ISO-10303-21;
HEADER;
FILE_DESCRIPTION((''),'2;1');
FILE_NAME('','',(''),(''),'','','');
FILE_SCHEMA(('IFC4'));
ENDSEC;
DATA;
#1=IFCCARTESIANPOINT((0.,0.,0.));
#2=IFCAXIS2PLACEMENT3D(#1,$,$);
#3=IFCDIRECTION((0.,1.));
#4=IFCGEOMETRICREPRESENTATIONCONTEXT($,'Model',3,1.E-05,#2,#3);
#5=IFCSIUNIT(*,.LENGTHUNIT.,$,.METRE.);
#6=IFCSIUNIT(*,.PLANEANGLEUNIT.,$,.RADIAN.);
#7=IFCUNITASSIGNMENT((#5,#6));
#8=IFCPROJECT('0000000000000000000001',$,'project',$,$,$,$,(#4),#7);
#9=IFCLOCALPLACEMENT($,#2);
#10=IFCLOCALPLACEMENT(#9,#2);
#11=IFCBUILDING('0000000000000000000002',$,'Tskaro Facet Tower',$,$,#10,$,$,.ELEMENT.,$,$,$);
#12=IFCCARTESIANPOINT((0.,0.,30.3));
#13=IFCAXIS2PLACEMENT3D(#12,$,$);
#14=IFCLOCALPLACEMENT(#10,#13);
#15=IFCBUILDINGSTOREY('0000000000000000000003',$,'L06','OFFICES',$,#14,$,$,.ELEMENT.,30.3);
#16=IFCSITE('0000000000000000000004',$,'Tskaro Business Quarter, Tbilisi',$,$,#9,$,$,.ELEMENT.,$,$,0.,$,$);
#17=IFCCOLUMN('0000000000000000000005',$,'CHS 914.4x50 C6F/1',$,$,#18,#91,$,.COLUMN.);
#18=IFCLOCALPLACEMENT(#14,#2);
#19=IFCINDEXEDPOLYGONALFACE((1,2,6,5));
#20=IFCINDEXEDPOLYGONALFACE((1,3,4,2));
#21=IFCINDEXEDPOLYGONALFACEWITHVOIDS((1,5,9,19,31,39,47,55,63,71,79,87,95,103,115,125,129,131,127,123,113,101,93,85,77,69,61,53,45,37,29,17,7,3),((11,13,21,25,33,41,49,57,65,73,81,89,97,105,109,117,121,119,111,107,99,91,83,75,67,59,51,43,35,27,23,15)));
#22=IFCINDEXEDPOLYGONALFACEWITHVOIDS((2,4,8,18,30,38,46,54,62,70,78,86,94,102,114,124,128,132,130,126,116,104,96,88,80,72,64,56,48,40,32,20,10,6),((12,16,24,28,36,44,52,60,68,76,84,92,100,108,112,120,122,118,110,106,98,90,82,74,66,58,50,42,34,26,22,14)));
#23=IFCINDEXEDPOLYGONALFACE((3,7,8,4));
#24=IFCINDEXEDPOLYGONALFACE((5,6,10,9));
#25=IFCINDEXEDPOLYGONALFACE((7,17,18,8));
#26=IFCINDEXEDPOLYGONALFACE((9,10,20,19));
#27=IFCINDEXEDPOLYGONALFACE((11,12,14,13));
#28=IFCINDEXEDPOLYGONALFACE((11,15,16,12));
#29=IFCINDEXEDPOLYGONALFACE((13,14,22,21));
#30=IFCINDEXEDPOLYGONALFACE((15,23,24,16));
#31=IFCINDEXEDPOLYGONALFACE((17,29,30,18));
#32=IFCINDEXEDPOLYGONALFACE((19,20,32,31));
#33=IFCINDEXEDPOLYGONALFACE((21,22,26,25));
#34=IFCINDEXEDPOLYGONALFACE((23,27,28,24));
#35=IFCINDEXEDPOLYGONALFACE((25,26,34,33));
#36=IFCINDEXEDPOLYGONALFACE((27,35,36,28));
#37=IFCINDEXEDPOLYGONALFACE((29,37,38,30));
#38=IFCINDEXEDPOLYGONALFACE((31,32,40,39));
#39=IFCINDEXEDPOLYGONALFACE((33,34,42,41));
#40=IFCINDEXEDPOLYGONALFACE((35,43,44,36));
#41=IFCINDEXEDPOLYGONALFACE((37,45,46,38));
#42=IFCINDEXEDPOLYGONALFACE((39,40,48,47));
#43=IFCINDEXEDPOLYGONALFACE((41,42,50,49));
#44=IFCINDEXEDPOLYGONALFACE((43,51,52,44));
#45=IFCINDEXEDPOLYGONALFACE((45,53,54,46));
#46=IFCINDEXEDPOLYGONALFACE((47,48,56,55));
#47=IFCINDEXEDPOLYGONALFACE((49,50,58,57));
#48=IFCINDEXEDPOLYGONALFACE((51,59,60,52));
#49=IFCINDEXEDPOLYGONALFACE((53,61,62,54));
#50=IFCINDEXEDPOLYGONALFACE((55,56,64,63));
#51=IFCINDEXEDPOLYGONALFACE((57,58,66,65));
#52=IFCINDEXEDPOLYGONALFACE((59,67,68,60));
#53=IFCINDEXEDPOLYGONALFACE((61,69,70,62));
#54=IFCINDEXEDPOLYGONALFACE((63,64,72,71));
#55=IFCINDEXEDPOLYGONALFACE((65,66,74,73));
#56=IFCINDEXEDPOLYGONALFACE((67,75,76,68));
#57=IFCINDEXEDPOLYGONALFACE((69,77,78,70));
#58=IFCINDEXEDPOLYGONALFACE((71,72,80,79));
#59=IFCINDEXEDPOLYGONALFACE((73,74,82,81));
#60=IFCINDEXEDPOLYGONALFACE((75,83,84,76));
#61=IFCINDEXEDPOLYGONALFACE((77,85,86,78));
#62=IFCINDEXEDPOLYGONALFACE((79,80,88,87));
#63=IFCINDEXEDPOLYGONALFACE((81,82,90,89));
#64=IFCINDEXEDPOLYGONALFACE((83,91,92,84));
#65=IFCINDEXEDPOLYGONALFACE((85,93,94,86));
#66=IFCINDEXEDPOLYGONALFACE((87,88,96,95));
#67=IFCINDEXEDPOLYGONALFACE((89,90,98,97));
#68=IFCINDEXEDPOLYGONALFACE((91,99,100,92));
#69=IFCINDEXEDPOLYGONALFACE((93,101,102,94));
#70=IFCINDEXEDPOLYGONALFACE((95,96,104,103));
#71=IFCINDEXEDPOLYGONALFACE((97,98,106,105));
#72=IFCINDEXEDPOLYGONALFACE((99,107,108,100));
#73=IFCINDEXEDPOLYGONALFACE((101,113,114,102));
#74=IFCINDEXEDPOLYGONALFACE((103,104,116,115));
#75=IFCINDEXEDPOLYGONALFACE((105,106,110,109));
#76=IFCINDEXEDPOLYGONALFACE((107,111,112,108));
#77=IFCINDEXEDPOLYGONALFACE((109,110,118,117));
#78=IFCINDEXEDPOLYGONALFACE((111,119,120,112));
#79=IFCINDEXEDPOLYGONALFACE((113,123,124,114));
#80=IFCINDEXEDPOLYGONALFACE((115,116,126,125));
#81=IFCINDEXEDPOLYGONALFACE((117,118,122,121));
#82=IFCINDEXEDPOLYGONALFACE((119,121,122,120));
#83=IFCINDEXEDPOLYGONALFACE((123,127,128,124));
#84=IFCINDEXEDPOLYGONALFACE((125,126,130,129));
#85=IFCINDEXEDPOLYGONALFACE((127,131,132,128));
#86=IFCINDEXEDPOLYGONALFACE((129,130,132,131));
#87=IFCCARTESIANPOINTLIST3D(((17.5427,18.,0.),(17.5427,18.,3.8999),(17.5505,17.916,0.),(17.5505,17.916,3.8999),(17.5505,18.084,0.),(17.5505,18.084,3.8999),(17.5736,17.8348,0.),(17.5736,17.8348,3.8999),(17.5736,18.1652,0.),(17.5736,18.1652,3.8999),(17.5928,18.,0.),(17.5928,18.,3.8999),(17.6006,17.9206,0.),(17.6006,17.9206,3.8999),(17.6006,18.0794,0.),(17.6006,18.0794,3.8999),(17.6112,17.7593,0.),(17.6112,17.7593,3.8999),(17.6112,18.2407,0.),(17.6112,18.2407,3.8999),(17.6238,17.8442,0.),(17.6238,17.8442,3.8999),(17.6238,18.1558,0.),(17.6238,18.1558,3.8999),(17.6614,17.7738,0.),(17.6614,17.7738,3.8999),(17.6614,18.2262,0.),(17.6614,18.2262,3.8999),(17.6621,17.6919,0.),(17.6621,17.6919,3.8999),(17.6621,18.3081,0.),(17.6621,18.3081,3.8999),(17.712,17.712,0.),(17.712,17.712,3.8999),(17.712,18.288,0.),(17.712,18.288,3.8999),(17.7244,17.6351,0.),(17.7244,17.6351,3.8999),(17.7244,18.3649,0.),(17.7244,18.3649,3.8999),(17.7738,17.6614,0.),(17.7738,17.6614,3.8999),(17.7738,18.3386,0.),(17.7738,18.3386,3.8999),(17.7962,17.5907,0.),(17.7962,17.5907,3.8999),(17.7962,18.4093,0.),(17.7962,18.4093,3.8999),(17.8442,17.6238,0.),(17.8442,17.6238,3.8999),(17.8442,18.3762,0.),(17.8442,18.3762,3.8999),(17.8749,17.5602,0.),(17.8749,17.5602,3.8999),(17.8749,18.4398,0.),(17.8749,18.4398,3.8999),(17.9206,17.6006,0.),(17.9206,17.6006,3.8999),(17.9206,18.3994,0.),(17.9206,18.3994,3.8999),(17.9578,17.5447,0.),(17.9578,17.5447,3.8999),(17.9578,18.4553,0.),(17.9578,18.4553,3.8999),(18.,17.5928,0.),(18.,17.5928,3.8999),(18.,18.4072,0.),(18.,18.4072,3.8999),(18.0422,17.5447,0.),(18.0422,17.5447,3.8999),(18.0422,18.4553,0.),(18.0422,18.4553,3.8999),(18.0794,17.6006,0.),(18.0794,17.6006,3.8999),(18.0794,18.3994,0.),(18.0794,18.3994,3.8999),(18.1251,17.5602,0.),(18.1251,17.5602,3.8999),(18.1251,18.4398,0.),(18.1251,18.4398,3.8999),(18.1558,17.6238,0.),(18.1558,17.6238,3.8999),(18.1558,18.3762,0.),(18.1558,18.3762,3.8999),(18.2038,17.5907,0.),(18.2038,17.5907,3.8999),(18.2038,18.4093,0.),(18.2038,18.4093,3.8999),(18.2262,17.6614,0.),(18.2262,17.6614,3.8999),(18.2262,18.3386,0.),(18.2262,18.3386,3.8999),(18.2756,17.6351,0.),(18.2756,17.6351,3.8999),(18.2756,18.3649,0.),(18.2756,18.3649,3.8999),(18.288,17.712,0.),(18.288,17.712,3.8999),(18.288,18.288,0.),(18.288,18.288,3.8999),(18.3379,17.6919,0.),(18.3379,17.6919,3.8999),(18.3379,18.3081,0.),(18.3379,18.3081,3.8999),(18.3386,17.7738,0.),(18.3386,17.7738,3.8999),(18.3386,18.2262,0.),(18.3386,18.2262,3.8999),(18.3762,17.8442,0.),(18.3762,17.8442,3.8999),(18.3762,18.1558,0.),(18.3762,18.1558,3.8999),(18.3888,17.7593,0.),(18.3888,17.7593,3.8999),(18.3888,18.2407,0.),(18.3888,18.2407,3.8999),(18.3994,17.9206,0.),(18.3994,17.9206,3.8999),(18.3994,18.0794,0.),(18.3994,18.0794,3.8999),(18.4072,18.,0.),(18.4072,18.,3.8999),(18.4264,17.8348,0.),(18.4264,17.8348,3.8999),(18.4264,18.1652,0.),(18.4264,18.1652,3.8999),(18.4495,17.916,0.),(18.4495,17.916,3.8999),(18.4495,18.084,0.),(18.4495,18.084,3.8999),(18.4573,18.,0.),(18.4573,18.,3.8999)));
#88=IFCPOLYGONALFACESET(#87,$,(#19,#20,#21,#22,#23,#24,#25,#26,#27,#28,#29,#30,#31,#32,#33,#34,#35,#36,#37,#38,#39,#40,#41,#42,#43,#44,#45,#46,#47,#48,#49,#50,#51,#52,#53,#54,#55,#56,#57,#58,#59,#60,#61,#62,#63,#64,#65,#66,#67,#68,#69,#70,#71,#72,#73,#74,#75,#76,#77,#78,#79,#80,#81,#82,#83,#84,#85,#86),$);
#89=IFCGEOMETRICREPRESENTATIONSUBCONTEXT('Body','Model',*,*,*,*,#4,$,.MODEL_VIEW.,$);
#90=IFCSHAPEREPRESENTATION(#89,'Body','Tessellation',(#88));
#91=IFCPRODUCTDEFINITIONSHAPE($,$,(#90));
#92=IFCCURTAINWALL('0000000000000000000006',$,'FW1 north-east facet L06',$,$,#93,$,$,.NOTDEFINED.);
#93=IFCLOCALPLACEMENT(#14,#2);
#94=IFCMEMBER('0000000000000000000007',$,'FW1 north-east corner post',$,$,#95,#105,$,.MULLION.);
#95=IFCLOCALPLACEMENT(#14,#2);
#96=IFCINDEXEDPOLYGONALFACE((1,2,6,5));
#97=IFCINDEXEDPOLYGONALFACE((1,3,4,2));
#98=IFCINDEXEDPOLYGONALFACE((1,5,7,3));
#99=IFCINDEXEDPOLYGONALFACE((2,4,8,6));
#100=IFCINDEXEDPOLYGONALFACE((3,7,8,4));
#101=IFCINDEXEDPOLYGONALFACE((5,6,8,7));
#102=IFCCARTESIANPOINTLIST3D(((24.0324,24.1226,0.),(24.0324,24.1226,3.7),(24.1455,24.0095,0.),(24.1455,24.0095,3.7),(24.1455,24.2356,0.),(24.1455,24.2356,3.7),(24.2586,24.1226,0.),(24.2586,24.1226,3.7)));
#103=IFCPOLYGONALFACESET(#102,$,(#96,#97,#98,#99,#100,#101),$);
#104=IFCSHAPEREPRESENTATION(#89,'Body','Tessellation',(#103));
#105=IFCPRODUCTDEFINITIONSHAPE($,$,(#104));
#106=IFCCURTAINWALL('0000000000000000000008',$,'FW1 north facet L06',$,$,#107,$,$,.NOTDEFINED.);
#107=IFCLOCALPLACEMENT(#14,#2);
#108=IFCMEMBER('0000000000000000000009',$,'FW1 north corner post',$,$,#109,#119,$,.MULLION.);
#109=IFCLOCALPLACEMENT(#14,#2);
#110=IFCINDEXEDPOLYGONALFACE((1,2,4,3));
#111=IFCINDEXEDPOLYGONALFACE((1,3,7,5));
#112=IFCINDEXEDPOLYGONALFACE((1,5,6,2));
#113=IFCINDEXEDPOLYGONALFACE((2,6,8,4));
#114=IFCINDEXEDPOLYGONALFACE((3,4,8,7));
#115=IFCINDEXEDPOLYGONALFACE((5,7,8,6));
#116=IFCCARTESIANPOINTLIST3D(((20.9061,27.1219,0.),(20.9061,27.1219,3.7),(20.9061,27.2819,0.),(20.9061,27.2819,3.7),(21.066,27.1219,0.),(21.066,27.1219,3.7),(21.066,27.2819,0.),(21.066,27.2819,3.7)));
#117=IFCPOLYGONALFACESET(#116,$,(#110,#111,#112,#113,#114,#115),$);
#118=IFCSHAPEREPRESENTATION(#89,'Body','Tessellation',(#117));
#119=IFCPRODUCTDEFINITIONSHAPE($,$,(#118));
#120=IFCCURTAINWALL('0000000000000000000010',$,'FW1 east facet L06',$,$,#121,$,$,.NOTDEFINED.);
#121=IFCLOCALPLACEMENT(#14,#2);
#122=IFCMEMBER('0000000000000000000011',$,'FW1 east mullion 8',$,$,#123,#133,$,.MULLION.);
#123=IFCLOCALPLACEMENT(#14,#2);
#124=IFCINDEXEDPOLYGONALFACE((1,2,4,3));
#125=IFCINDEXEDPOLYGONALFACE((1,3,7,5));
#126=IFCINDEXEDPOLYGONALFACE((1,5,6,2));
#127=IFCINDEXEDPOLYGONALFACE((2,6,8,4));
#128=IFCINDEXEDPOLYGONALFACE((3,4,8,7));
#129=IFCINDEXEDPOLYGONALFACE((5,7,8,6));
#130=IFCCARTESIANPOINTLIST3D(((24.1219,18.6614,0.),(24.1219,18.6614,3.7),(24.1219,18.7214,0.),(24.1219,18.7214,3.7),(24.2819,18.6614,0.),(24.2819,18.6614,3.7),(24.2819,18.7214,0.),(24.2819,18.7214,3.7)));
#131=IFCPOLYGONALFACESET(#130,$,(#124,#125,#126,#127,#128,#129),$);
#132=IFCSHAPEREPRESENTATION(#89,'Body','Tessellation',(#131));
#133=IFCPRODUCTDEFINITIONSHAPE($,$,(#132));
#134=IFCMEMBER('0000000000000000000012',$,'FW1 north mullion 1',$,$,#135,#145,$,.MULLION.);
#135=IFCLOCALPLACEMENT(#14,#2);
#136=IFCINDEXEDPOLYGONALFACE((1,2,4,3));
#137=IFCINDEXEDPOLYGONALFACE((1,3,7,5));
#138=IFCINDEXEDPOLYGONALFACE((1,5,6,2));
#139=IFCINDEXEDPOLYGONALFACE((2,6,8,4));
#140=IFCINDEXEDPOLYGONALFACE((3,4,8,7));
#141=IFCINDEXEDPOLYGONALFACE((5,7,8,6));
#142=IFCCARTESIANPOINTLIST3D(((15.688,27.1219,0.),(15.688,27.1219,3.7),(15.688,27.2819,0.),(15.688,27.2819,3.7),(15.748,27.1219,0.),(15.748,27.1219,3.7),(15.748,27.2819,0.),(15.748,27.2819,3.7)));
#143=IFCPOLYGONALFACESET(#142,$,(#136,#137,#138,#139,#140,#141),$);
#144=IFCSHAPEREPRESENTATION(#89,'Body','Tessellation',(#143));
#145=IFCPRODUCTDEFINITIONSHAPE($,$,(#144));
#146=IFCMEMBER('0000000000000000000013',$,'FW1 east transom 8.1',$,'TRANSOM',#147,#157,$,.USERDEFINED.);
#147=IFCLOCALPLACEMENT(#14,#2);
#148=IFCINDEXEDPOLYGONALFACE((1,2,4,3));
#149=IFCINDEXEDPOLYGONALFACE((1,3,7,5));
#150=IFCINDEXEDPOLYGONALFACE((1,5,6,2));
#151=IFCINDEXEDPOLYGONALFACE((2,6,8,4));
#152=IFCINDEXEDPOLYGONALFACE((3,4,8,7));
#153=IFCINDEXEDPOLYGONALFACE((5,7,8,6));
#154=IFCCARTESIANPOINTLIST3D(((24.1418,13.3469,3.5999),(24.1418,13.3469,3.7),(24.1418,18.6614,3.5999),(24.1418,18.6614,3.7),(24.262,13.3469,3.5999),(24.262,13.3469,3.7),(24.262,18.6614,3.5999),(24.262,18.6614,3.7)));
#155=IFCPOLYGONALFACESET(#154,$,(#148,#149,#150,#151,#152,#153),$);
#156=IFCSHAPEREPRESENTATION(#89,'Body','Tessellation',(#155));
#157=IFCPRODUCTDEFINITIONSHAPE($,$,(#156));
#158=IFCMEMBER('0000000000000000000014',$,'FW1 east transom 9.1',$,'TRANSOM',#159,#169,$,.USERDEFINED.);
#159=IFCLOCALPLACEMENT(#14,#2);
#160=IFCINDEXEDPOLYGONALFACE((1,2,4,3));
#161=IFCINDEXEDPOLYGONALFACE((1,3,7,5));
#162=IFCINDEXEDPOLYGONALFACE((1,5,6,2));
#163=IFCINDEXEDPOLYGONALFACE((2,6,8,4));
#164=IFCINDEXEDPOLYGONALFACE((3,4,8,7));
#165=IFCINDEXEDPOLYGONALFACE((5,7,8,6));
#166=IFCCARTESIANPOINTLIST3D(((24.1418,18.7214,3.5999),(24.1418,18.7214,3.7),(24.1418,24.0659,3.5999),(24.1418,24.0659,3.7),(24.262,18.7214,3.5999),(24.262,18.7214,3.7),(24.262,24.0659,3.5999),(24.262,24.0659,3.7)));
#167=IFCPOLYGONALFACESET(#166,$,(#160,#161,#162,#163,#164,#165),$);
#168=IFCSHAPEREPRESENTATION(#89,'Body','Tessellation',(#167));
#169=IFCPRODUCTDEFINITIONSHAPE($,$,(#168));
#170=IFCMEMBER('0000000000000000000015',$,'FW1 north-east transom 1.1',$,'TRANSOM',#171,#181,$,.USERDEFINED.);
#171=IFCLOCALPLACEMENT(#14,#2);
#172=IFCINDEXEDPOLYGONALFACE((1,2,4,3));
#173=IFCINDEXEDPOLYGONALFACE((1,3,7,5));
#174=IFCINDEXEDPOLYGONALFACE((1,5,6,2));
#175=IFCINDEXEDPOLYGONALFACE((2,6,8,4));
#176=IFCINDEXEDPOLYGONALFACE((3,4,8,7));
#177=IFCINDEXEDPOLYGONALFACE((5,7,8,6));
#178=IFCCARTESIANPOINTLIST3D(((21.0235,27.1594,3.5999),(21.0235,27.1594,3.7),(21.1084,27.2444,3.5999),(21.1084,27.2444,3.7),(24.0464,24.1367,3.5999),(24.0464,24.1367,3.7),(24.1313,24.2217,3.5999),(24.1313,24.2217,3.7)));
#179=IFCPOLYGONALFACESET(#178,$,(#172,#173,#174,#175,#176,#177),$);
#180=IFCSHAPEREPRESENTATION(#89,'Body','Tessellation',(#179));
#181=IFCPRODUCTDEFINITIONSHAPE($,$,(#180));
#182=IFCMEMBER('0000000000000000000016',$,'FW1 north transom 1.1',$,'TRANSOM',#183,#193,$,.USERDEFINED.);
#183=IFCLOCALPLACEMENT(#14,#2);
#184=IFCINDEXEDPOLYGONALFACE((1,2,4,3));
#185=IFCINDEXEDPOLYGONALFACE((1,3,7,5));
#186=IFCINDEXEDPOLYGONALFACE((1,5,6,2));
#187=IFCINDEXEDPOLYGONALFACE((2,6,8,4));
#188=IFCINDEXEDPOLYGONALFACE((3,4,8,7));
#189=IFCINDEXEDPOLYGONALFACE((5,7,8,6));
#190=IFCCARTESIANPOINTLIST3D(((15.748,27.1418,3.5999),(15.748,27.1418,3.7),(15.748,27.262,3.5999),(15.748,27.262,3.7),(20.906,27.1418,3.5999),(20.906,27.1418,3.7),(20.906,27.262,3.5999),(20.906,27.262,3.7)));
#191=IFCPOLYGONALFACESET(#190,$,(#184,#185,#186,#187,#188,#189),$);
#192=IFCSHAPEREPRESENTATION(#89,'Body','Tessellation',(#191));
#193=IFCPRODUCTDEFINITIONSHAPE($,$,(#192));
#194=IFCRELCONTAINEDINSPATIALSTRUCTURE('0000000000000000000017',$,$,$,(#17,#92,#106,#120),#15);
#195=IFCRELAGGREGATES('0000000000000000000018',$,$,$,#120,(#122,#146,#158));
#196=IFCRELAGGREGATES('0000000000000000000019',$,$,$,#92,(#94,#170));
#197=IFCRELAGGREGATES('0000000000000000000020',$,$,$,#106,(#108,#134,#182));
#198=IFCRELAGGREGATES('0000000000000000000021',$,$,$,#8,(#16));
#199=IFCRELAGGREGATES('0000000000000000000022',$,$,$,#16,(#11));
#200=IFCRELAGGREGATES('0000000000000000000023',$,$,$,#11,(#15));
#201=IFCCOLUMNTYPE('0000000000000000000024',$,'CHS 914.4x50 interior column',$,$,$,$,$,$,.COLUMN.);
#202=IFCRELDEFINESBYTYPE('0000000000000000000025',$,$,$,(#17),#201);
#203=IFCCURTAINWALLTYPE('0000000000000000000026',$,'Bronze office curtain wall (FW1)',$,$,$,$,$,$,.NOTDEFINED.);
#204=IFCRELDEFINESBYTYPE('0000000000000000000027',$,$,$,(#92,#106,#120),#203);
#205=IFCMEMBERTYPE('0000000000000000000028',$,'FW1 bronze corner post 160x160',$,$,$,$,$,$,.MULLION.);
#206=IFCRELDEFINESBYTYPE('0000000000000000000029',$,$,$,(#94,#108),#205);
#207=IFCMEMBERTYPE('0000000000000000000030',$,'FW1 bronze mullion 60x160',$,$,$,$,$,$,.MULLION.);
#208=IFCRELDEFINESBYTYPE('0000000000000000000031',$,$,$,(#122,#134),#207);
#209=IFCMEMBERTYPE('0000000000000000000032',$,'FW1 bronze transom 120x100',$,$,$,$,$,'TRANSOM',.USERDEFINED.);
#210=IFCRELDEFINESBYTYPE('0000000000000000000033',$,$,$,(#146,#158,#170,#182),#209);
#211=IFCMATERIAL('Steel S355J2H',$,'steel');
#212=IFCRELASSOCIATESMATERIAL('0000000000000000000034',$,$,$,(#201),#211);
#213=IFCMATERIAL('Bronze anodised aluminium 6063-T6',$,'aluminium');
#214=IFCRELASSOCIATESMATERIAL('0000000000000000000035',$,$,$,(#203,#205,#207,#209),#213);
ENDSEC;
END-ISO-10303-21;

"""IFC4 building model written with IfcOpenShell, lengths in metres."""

from ifc_helpers import new_model, si_unit, direction, frame, origin, origin_2d, place, context, subcontext, project, spatial, rectangle, hollow_circle, extrude, material, material_profile, profile_set, type_object, element, aggregate, save


model = new_model("IFC4")

# Units and contexts
model_context = context("Model", 3, precision=1e-05, world=origin(), true_north=direction((0.0, 1.0)))
body_context = subcontext(model_context, "Body", "Model", "MODEL_VIEW")
ifc_project = project(units=[si_unit("LENGTHUNIT", "METRE"), si_unit("PLANEANGLEUNIT", "RADIAN")], contexts=[model_context])

# Site, building, storey
site_placement = place(None, origin())
site = spatial("IfcSite", under=ifc_project, at=site_placement, Name="Tskaro Business Quarter, Tbilisi", CompositionType="ELEMENT", RefElevation=0.0)
building_placement = place(site_placement, origin())
building = spatial("IfcBuilding", under=site, at=building_placement, Name="Tskaro Facet Tower", CompositionType="ELEMENT")
storey_placement = place(building_placement, frame((0.0, 0.0, 30.3)))
storey = spatial("IfcBuildingStorey", under=building, at=storey_placement, Name="L06", Description="OFFICES", CompositionType="ELEMENT", Elevation=30.3)

# Column
ifc_material_1 = material(Name="Steel S355J2H", Category="steel")
ifc_material_profile_1 = material_profile(ifc_material_1, hollow_circle(Radius=0.4573, WallThickness=0.05, at=origin_2d()), Name="CHS 914.4x50")
ifc_profile_set_1 = profile_set([ifc_material_profile_1], Name="Steel S355J2H")
column_type_1 = type_object("IfcColumnType", Name="CHS 914.4x50 interior column", PredefinedType="COLUMN", material=ifc_profile_set_1)
column_placement = place(storey_placement, frame((18.0, 18.0, 0.0), z_axis=(0.0, 0.0, 1.0), x_axis=(1.0, 0.0, 0.0)))
element("IfcColumn", 1, at=column_placement, inside=storey, type_object=column_type_1, Name="CHS 914.4x50 C6F/1", PredefinedType="COLUMN", context=body_context, shape_type="SweptSolid", body=[
    extrude(hollow_circle(Radius=0.4573, WallThickness=0.05, at=origin_2d()), origin(), (0.0, 0.0, 1.0), 3.8999),
])

# Curtain walls, members
ifc_material_2 = material(Name="Bronze anodised aluminium 6063-T6", Category="aluminium")
curtain_wall_type = type_object("IfcCurtainWallType", Name="Bronze office curtain wall (FW1)", PredefinedType="NOTDEFINED", material=ifc_material_2)
curtain_wall_1_placement = place(storey_placement, origin())
curtain_wall_1 = element("IfcCurtainWall", 2, at=curtain_wall_1_placement, inside=storey, type_object=curtain_wall_type, Name="FW1 north-east facet L06", PredefinedType="NOTDEFINED")
ifc_material_profile_2 = material_profile(ifc_material_2, rectangle(XDim=0.1599, YDim=0.1599, at=origin_2d()), Name="Corner post 160x160")
ifc_profile_set_2 = profile_set([ifc_material_profile_2], Name="Bronze anodised aluminium 6063-T6")
member_type_1 = type_object("IfcMemberType", Name="FW1 bronze corner post 160x160", PredefinedType="MULLION", material=ifc_profile_set_2)
member_1_placement = place(storey_placement, frame((24.1455, 24.1226, 0.0), z_axis=(0.0, 0.0, 1.0), x_axis=(-0.707107, 0.707107, 0.0)))
member_1 = element("IfcMember", 3, at=member_1_placement, type_object=member_type_1, Name="FW1 north-east corner post", PredefinedType="MULLION", context=body_context, shape_type="SweptSolid", body=[
    extrude(rectangle(XDim=0.1599, YDim=0.1599, at=origin_2d()), origin(), (0.0, 0.0, 1.0), 3.7),
])
curtain_wall_2_placement = place(storey_placement, origin())
curtain_wall_2 = element("IfcCurtainWall", 4, at=curtain_wall_2_placement, inside=storey, type_object=curtain_wall_type, Name="FW1 north facet L06", PredefinedType="NOTDEFINED")
member_2_placement = place(storey_placement, frame((20.9861, 27.2019, 0.0), z_axis=(0.0, 0.0, 1.0), x_axis=(-1.0, 0.0, 0.0)))
member_2 = element("IfcMember", 5, at=member_2_placement, type_object=member_type_1, Name="FW1 north corner post", PredefinedType="MULLION", context=body_context, shape_type="SweptSolid", body=[
    extrude(rectangle(XDim=0.1599, YDim=0.1599, at=origin_2d()), origin(), (0.0, 0.0, 1.0), 3.7),
])
curtain_wall_3_placement = place(storey_placement, origin())
curtain_wall_3 = element("IfcCurtainWall", 6, at=curtain_wall_3_placement, inside=storey, type_object=curtain_wall_type, Name="FW1 east facet L06", PredefinedType="NOTDEFINED")
ifc_material_profile_3 = material_profile(ifc_material_2, rectangle(XDim=0.0601, YDim=0.1599, at=origin_2d()), Name="Mullion 60x160")
ifc_profile_set_3 = profile_set([ifc_material_profile_3], Name="Bronze anodised aluminium 6063-T6")
member_type_2 = type_object("IfcMemberType", Name="FW1 bronze mullion 60x160", PredefinedType="MULLION", material=ifc_profile_set_3)
member_3_placement = place(storey_placement, frame((24.2019, 18.6914, 0.0), z_axis=(0.0, 0.0, 1.0), x_axis=(0.0, 1.0, 0.0)))
member_3 = element("IfcMember", 7, at=member_3_placement, type_object=member_type_2, Name="FW1 east mullion 8", PredefinedType="MULLION", context=body_context, shape_type="SweptSolid", body=[
    extrude(rectangle(XDim=0.0601, YDim=0.1599, at=origin_2d()), origin(), (0.0, 0.0, 1.0), 3.7),
])

# Members
member_4_placement = place(storey_placement, frame((15.718, 27.2019, 0.0), z_axis=(0.0, 0.0, 1.0), x_axis=(-1.0, 0.0, 0.0)))
member_4 = element("IfcMember", 8, at=member_4_placement, type_object=member_type_2, Name="FW1 north mullion 1", PredefinedType="MULLION", context=body_context, shape_type="SweptSolid", body=[
    extrude(rectangle(XDim=0.0601, YDim=0.1599, at=origin_2d()), origin(), (0.0, 0.0, 1.0), 3.7),
])
ifc_material_profile_4 = material_profile(ifc_material_2, rectangle(XDim=0.1201, YDim=0.1001, at=origin_2d()), Name="Transom 120x100")
ifc_profile_set_4 = profile_set([ifc_material_profile_4], Name="Bronze anodised aluminium 6063-T6")
member_type_3 = type_object("IfcMemberType", Name="FW1 bronze transom 120x100", ElementType="TRANSOM", PredefinedType="USERDEFINED", material=ifc_profile_set_4)
member_5_placement = place(storey_placement, frame((24.2019, 13.3469, 3.6499), z_axis=(0.0, 1.0, 0.0), x_axis=(-1.0, 0.0, 0.0)))
member_5 = element("IfcMember", 9, at=member_5_placement, type_object=member_type_3, Name="FW1 east transom 8.1", ObjectType="TRANSOM", PredefinedType="USERDEFINED", context=body_context, shape_type="SweptSolid", body=[
    extrude(rectangle(XDim=0.1201, YDim=0.1001, at=origin_2d()), origin(), (0.0, 0.0, 1.0), 5.3145),
])
member_6_placement = place(storey_placement, frame((24.2019, 18.7214, 3.6499), z_axis=(0.0, 1.0, 0.0), x_axis=(-1.0, 0.0, 0.0)))
member_6 = element("IfcMember", 10, at=member_6_placement, type_object=member_type_3, Name="FW1 east transom 9.1", ObjectType="TRANSOM", PredefinedType="USERDEFINED", context=body_context, shape_type="SweptSolid", body=[
    extrude(rectangle(XDim=0.1201, YDim=0.1001, at=origin_2d()), origin(), (0.0, 0.0, 1.0), 5.3445),
])
member_7_placement = place(storey_placement, frame((24.0889, 24.1792, 3.6499), z_axis=(-0.707135, 0.707078, 0.0), x_axis=(-0.707078, -0.707135, 0.0)))
member_7 = element("IfcMember", 11, at=member_7_placement, type_object=member_type_3, Name="FW1 north-east transom 1.1", ObjectType="TRANSOM", PredefinedType="USERDEFINED", context=body_context, shape_type="SweptSolid", body=[
    extrude(rectangle(XDim=0.1201, YDim=0.1001, at=origin_2d()), origin(), (0.0, 0.0, 1.0), 4.2749),
])
member_8_placement = place(storey_placement, frame((20.906, 27.2019, 3.6499), z_axis=(-1.0, 0.0, 0.0), x_axis=(0.0, -1.0, 0.0)))
member_8 = element("IfcMember", 12, at=member_8_placement, type_object=member_type_3, Name="FW1 north transom 1.1", ObjectType="TRANSOM", PredefinedType="USERDEFINED", context=body_context, shape_type="SweptSolid", body=[
    extrude(rectangle(XDim=0.1201, YDim=0.1001, at=origin_2d()), origin(), (0.0, 0.0, 1.0), 5.158),
])

aggregate(curtain_wall_3, [member_3, member_5, member_6])
aggregate(curtain_wall_1, [member_1, member_7])
aggregate(curtain_wall_2, [member_2, member_4, member_8])

save(model, "model.ifc")
